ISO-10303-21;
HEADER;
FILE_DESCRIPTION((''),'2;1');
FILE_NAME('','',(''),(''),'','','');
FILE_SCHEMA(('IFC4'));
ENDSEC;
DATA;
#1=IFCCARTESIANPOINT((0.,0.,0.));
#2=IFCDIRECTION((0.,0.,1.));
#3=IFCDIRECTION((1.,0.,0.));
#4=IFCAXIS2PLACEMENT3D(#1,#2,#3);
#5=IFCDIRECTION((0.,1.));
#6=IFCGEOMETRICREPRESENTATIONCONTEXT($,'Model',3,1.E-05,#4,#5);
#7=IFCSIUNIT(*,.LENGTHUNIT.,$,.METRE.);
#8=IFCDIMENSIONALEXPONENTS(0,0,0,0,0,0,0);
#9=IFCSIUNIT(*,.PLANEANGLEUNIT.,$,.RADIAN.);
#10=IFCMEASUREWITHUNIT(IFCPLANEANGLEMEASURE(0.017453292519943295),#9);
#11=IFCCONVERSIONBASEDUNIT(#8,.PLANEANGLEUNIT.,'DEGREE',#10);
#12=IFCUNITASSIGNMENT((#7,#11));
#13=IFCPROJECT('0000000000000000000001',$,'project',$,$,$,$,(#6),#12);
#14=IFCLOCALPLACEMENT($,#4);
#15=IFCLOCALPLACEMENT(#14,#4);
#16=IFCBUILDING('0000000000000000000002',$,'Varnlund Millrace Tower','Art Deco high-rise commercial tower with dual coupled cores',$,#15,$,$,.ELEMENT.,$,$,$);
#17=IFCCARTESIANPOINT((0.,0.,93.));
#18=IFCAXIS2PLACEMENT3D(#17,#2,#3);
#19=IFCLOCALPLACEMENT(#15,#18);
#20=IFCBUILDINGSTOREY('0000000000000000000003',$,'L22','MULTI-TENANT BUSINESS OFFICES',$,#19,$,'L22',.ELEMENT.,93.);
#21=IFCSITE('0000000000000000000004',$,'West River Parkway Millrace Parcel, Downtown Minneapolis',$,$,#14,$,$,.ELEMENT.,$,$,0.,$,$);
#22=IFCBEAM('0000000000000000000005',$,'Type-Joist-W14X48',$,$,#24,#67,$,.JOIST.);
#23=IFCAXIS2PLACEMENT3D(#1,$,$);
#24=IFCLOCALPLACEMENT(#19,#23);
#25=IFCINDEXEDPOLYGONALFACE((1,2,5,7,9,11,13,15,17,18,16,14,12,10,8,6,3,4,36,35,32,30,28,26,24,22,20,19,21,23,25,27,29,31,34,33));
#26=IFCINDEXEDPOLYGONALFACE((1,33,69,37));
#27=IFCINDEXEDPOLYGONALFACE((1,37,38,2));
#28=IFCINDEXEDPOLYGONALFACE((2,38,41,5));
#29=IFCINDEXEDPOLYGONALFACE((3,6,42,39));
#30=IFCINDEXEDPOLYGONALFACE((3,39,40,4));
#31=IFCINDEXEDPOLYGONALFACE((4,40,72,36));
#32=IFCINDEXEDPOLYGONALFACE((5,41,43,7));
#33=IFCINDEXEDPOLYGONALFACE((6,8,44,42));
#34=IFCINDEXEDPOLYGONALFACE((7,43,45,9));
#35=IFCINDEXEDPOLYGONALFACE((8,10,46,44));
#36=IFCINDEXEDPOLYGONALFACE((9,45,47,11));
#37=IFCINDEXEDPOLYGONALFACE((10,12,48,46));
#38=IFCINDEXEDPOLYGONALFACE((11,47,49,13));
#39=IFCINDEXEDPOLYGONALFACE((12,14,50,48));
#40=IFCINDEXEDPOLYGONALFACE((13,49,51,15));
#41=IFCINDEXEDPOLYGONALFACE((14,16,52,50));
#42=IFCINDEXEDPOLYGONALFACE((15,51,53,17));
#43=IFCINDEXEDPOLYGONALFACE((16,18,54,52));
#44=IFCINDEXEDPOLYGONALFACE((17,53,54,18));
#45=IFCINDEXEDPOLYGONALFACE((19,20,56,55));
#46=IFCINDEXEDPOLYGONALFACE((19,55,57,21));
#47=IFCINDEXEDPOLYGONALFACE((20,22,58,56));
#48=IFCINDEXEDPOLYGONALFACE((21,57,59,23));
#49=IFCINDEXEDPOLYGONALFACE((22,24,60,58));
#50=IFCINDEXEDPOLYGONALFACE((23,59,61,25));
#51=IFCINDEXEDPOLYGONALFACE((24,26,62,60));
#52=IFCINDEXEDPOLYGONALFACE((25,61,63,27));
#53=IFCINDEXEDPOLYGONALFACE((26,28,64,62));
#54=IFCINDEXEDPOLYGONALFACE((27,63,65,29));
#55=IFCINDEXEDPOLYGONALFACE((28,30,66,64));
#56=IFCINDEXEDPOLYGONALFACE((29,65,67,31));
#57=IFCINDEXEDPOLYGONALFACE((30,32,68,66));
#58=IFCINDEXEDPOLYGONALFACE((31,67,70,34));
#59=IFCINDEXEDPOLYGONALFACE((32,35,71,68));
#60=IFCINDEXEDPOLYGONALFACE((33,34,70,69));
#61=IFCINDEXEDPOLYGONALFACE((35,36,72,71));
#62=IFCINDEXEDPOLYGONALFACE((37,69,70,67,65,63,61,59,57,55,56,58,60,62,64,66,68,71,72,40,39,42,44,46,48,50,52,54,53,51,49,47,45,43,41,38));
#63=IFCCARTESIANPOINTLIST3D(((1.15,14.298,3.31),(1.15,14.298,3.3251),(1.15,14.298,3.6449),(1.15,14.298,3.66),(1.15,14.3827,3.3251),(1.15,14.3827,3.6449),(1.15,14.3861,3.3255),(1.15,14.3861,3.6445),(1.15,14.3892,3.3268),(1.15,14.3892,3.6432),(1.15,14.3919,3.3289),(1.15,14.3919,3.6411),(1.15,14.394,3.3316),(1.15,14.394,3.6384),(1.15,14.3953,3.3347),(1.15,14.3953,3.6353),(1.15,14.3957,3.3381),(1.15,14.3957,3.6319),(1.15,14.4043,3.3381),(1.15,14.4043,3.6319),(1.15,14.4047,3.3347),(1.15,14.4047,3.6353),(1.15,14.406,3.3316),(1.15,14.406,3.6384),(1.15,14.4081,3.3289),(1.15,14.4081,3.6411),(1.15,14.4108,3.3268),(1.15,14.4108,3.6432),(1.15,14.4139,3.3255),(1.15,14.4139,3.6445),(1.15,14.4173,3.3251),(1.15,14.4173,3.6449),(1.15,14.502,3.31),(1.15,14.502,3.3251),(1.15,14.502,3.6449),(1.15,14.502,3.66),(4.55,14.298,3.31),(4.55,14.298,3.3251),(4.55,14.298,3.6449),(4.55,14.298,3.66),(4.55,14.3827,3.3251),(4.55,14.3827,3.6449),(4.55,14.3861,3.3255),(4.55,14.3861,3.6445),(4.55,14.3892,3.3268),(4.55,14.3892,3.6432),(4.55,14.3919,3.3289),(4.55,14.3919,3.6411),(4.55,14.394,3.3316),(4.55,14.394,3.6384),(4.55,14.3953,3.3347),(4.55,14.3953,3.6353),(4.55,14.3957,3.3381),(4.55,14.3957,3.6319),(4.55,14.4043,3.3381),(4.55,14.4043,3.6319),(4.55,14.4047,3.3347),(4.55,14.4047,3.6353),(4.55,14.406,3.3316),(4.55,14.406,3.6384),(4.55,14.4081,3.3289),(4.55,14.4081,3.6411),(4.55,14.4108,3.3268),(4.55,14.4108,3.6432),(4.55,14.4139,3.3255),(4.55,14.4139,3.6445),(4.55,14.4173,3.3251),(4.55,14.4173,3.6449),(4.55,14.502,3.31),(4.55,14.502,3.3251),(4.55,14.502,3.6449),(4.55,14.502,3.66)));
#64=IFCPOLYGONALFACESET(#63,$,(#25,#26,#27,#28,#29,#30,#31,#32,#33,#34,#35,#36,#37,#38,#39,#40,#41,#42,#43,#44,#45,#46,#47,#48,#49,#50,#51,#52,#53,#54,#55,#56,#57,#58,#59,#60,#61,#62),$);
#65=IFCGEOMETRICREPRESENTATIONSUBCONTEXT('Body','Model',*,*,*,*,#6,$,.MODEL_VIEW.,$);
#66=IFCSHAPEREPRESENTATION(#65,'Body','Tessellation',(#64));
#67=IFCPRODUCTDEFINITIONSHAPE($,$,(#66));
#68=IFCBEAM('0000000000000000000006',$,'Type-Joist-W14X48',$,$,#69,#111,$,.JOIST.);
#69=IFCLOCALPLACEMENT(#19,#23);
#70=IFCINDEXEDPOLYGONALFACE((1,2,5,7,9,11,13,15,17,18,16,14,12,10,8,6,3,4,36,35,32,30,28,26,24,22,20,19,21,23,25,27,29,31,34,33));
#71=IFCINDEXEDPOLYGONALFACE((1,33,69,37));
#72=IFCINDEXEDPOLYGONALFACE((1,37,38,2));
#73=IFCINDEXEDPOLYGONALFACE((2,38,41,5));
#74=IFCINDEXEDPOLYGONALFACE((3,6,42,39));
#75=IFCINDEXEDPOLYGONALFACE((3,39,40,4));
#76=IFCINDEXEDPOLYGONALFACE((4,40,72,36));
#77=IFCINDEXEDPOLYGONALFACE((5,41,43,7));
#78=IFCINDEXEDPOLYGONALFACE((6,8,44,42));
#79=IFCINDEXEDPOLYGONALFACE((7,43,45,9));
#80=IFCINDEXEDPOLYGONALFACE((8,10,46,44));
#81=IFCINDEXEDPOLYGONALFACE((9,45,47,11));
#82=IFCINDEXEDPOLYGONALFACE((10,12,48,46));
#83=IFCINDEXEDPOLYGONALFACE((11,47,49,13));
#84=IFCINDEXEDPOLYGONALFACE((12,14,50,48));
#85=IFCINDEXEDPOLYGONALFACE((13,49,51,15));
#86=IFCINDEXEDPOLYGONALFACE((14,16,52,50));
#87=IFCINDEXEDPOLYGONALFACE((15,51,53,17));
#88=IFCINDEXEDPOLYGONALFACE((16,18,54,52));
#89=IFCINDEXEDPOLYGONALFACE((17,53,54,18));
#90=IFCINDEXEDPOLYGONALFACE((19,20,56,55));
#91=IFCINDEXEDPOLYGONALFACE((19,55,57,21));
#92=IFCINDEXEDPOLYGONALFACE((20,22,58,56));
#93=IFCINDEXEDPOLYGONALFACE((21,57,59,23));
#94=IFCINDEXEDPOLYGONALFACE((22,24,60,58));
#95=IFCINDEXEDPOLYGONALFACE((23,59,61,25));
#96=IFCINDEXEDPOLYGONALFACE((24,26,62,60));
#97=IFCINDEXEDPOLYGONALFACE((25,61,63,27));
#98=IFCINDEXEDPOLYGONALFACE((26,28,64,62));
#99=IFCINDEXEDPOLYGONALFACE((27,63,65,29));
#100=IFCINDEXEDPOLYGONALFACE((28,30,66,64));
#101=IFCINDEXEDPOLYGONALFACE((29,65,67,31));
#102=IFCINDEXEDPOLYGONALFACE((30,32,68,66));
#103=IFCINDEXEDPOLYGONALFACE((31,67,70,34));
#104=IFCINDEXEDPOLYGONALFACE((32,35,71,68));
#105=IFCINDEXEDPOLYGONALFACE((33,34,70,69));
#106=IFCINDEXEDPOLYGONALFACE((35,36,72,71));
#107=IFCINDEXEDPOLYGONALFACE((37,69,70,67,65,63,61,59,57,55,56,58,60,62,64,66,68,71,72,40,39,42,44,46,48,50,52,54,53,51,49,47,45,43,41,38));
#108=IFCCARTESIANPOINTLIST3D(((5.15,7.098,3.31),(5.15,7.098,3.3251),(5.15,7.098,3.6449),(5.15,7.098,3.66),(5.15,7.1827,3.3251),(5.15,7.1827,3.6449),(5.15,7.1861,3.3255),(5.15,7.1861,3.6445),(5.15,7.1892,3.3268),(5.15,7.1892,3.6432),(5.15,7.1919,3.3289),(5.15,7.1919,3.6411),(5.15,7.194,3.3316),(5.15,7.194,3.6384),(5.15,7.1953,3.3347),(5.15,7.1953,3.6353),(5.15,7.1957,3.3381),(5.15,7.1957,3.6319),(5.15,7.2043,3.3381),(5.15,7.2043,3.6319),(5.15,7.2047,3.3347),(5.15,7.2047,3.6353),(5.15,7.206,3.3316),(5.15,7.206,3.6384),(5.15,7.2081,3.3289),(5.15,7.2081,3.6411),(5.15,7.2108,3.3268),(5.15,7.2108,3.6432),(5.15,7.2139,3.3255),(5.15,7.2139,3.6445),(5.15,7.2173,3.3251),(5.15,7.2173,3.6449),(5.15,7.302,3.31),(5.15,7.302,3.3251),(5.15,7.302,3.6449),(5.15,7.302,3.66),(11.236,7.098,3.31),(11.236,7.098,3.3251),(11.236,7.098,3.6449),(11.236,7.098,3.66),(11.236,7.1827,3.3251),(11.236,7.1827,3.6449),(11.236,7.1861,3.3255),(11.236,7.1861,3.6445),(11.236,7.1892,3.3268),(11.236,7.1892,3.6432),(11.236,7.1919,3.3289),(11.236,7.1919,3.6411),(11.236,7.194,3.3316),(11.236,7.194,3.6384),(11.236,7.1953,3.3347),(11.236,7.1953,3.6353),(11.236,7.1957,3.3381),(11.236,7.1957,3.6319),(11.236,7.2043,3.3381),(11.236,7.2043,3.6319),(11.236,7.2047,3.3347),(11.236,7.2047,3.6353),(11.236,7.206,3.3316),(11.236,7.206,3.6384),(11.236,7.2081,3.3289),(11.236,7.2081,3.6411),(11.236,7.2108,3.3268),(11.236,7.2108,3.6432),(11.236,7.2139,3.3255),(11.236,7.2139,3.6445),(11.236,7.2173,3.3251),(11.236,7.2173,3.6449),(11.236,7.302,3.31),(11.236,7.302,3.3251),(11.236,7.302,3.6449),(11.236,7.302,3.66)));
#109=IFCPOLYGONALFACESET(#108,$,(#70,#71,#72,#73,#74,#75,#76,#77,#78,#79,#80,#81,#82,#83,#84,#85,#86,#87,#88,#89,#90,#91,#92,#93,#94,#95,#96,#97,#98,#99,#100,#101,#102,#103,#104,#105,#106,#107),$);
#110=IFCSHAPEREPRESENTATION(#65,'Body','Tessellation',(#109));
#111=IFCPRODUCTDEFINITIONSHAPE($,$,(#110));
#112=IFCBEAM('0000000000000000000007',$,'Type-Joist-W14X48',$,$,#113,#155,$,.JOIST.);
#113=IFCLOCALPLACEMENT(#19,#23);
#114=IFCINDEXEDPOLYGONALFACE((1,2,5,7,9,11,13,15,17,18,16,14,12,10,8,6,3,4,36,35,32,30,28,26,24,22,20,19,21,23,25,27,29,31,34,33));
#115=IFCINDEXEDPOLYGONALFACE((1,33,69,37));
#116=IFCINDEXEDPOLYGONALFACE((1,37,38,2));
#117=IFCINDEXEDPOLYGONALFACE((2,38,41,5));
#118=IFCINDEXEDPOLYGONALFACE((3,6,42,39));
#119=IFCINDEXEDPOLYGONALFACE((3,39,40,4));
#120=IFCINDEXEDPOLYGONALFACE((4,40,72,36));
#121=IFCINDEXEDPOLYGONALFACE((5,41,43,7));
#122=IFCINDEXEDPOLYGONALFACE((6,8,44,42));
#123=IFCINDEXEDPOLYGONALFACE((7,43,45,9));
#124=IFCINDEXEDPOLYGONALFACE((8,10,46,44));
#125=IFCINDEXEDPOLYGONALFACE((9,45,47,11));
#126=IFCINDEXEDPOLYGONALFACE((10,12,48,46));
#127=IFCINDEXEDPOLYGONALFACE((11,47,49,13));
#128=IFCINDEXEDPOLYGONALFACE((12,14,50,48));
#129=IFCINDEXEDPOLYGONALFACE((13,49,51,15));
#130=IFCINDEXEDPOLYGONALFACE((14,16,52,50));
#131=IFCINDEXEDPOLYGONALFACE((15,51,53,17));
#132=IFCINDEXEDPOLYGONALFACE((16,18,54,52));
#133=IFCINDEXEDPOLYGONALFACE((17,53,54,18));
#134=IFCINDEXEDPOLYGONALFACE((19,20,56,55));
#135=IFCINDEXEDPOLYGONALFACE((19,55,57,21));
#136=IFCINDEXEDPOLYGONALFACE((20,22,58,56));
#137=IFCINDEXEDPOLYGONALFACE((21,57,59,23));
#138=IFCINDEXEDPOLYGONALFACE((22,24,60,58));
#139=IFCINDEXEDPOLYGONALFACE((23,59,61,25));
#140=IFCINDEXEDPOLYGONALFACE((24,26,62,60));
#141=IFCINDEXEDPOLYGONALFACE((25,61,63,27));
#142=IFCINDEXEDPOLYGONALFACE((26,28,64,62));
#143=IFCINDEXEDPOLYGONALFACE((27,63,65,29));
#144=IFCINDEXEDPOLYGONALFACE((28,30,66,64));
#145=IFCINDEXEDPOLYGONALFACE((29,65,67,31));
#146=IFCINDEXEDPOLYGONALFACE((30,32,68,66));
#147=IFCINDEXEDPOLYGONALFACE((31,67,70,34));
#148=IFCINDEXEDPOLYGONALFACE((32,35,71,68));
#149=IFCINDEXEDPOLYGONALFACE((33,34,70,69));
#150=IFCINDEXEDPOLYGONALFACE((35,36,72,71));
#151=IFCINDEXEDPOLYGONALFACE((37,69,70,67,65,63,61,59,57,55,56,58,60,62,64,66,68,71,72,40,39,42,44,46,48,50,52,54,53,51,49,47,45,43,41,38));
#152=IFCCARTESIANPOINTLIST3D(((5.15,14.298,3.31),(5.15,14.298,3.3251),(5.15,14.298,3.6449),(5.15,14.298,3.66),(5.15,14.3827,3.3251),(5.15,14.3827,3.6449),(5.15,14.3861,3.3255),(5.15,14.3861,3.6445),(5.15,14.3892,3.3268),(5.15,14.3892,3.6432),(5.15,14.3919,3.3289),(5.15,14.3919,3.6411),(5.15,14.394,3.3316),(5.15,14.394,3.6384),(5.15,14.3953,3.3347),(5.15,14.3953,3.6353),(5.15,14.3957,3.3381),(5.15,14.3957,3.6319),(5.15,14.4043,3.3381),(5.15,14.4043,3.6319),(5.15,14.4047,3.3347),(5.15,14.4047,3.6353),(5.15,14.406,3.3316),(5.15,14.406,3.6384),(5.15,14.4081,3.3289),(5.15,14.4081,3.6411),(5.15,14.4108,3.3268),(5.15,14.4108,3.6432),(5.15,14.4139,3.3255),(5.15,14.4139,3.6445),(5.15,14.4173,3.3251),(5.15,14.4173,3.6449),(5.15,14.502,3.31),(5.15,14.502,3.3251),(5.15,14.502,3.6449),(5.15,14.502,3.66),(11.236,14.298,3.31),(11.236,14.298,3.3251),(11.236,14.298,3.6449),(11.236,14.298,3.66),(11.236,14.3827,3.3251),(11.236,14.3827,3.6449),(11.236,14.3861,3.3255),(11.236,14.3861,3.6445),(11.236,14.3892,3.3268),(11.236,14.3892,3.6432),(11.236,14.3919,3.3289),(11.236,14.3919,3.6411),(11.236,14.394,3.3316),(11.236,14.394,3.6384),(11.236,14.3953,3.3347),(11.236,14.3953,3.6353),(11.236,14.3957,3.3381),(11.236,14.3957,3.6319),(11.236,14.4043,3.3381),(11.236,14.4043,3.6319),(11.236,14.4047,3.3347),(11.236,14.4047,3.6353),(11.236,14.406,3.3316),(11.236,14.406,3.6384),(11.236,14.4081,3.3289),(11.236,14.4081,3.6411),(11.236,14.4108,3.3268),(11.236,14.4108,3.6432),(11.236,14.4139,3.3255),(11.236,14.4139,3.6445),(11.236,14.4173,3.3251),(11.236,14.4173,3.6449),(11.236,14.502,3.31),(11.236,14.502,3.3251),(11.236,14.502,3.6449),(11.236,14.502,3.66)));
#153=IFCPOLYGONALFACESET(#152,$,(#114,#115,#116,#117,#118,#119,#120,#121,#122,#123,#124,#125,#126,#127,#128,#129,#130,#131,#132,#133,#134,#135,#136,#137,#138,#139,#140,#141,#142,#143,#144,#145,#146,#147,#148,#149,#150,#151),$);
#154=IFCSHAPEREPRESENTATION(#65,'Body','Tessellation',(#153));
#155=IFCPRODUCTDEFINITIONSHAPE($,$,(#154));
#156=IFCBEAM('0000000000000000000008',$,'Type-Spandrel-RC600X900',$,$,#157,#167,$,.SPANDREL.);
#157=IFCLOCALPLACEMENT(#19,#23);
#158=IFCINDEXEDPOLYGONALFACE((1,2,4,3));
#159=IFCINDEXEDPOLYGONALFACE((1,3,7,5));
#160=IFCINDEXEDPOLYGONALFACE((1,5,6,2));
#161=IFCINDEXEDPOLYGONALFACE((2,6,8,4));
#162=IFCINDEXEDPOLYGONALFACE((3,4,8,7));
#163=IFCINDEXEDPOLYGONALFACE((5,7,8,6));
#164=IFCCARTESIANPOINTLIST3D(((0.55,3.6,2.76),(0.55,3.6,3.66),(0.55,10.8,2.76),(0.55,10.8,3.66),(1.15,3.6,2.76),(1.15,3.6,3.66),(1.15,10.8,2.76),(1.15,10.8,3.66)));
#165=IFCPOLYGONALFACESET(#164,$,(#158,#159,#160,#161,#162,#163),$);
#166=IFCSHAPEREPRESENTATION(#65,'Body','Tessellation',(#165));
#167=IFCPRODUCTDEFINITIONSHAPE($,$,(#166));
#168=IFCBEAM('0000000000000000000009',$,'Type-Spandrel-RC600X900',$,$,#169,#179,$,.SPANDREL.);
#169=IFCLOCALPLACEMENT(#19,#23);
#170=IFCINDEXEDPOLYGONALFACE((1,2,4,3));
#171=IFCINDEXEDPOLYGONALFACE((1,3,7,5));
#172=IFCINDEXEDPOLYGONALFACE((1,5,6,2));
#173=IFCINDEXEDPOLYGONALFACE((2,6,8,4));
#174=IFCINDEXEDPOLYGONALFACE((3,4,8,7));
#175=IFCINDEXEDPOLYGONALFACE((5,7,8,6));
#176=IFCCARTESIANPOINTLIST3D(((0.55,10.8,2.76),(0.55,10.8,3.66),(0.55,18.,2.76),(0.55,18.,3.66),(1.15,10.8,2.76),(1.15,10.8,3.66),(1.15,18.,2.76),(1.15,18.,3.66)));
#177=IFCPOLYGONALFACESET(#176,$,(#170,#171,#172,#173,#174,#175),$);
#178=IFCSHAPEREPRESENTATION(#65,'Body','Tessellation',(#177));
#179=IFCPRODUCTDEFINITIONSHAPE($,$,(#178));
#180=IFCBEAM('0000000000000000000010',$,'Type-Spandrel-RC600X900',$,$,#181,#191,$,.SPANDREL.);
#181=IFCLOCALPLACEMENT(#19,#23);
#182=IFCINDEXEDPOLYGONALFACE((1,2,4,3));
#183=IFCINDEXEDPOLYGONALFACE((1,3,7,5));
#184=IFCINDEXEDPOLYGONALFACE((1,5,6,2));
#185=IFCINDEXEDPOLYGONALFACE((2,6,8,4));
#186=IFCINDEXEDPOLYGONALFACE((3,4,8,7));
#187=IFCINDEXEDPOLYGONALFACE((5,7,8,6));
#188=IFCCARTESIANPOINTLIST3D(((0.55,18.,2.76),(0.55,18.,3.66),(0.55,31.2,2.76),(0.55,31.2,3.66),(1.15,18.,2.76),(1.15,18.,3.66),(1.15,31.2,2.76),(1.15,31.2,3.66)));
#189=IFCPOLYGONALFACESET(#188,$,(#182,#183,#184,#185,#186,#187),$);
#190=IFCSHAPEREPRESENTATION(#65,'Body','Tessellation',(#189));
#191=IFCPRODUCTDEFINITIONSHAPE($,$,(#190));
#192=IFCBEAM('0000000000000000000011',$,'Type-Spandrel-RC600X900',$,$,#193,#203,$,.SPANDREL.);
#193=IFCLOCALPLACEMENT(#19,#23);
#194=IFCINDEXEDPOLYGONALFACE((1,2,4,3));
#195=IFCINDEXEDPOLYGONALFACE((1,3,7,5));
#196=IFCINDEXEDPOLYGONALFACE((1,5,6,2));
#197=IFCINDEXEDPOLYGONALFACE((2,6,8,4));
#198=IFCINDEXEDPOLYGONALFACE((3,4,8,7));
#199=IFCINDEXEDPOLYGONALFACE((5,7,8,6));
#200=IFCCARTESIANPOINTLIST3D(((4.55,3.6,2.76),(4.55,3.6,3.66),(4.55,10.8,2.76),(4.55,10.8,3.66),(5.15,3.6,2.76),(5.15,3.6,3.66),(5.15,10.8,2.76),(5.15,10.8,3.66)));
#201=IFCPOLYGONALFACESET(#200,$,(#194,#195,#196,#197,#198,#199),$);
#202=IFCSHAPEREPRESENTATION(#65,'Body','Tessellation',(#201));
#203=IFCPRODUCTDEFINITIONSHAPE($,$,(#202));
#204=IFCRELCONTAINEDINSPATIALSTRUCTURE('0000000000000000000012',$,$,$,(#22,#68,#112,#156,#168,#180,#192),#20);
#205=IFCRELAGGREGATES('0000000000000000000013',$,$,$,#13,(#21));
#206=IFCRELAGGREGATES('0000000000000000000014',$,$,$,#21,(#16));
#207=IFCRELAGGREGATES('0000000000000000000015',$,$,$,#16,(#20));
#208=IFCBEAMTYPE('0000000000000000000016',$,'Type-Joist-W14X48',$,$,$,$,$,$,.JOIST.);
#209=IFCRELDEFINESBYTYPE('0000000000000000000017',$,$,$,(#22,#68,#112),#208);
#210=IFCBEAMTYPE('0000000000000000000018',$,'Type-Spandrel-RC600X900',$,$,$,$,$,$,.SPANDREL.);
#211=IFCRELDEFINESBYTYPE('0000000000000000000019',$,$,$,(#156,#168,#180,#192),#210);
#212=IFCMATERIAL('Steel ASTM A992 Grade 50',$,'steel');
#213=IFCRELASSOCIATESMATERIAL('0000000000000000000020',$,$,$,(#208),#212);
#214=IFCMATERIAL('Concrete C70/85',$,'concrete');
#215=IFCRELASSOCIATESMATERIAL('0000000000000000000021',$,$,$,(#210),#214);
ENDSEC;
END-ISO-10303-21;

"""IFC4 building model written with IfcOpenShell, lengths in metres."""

from ifc_helpers import new_model, entity, si_unit, converted_unit, direction, frame, origin_with_axes, origin_2d_with_axis, place, context, subcontext, project, spatial, rectangle, i_section, extrude, material, material_profile, profile_set, type_object, element, save


model = new_model("IFC4")

# Units and contexts
model_context = context("Model", 3, precision=1e-05, world=origin_with_axes(), true_north=direction((0.0, 1.0)))
body_context = subcontext(model_context, "Body", "Model", "MODEL_VIEW")
ifc_project = project(units=[si_unit("LENGTHUNIT", "METRE"), converted_unit("PLANEANGLEUNIT", "DEGREE", entity("IfcPlaneAngleMeasure", 0.017453292519943295), si_unit("PLANEANGLEUNIT", "RADIAN"), dimensions=[0, 0, 0, 0, 0, 0, 0])], contexts=[model_context])

# Site, building, storey
site_placement = place(None, origin_with_axes())
site = spatial("IfcSite", under=ifc_project, at=site_placement, Name="West River Parkway Millrace Parcel, Downtown Minneapolis", CompositionType="ELEMENT", RefElevation=0.0)
building_placement = place(site_placement, origin_with_axes())
building = spatial("IfcBuilding", under=site, at=building_placement, Name="Varnlund Millrace Tower", Description="Art Deco high-rise commercial tower with dual coupled cores", CompositionType="ELEMENT")
storey_placement = place(building_placement, frame((0.0, 0.0, 93.0), z_axis=(0.0, 0.0, 1.0), x_axis=(1.0, 0.0, 0.0)))
storey = spatial("IfcBuildingStorey", under=building, at=storey_placement, Name="L22", Description="MULTI-TENANT BUSINESS OFFICES", LongName="L22", CompositionType="ELEMENT", Elevation=93.0)

# Beams
ifc_material_1 = material(Name="Steel ASTM A992 Grade 50", Category="steel")
ifc_material_profile_1 = material_profile(ifc_material_1, i_section(OverallWidth=0.204, OverallDepth=0.35, WebThickness=0.0086, FlangeThickness=0.0151, FilletRadius=0.013, at=origin_2d_with_axis()), Name="Steel ASTM A992 Grade 50")
ifc_profile_set_1 = profile_set([ifc_material_profile_1], Name="Steel ASTM A992 Grade 50")
beam_type_1 = type_object("IfcBeamType", Name="Type-Joist-W14X48", PredefinedType="JOIST", material=ifc_profile_set_1)
for number, where, z_axis, x_axis, name in (
    (1, (1.15, 14.4, 3.485), (1.0, 0.0, 0.0), (0.0, 1.0, 0.0), "Type-Joist-W14X48"),
):
    element("IfcBeam", number, at=place(storey_placement, frame(where, z_axis=z_axis, x_axis=x_axis)), inside=storey, type_object=beam_type_1, Name=name, PredefinedType="JOIST", context=body_context, shape_type="SweptSolid", body=[
        extrude(i_section(OverallWidth=0.204, OverallDepth=0.35, WebThickness=0.0086, FlangeThickness=0.0151, FilletRadius=0.013, at=origin_2d_with_axis()), origin_with_axes(), (0.0, 0.0, 1.0), 3.4),
    ])
for number, where, z_axis, x_axis, name in (
    (2, (5.15, 7.2, 3.485), (1.0, 0.0, 0.0), (0.0, 1.0, 0.0), "Type-Joist-W14X48"),
    (3, (5.15, 14.4, 3.485), (1.0, 0.0, 0.0), (0.0, 1.0, 0.0), "Type-Joist-W14X48"),
):
    element("IfcBeam", number, at=place(storey_placement, frame(where, z_axis=z_axis, x_axis=x_axis)), inside=storey, type_object=beam_type_1, Name=name, PredefinedType="JOIST", context=body_context, shape_type="SweptSolid", body=[
        extrude(i_section(OverallWidth=0.204, OverallDepth=0.35, WebThickness=0.0086, FlangeThickness=0.0151, FilletRadius=0.013, at=origin_2d_with_axis()), origin_with_axes(), (0.0, 0.0, 1.0), 6.086),
    ])
ifc_material_2 = material(Name="Concrete C70/85", Category="concrete")
ifc_material_profile_2 = material_profile(ifc_material_2, rectangle(XDim=0.6, YDim=0.9, at=origin_2d_with_axis()), Name="Concrete C70/85")
ifc_profile_set_2 = profile_set([ifc_material_profile_2], Name="Concrete C70/85")
beam_type_2 = type_object("IfcBeamType", Name="Type-Spandrel-RC600X900", PredefinedType="SPANDREL", material=ifc_profile_set_2)
for number, where, z_axis, x_axis, name in (
    (4, (0.85, 3.6, 3.21), (0.0, 1.0, 0.0), (-1.0, 0.0, 0.0), "Type-Spandrel-RC600X900"),
    (5, (0.85, 10.8, 3.21), (0.0, 1.0, 0.0), (-1.0, 0.0, 0.0), "Type-Spandrel-RC600X900"),
):
    element("IfcBeam", number, at=place(storey_placement, frame(where, z_axis=z_axis, x_axis=x_axis)), inside=storey, type_object=beam_type_2, Name=name, PredefinedType="SPANDREL", context=body_context, shape_type="SweptSolid", body=[
        extrude(rectangle(XDim=0.6, YDim=0.9, at=origin_2d_with_axis()), origin_with_axes(), (0.0, 0.0, 1.0), 7.2),
    ])
beam_1_placement = place(storey_placement, frame((0.85, 18.0, 3.21), z_axis=(0.0, 1.0, 0.0), x_axis=(-1.0, 0.0, 0.0)))
element("IfcBeam", 6, at=beam_1_placement, inside=storey, type_object=beam_type_2, Name="Type-Spandrel-RC600X900", PredefinedType="SPANDREL", context=body_context, shape_type="SweptSolid", body=[
    extrude(rectangle(XDim=0.6, YDim=0.9, at=origin_2d_with_axis()), origin_with_axes(), (0.0, 0.0, 1.0), 13.2),
])
beam_2_placement = place(storey_placement, frame((4.85, 3.6, 3.21), z_axis=(0.0, 1.0, 0.0), x_axis=(-1.0, 0.0, 0.0)))
element("IfcBeam", 7, at=beam_2_placement, inside=storey, type_object=beam_type_2, Name="Type-Spandrel-RC600X900", PredefinedType="SPANDREL", context=body_context, shape_type="SweptSolid", body=[
    extrude(rectangle(XDim=0.6, YDim=0.9, at=origin_2d_with_axis()), origin_with_axes(), (0.0, 0.0, 1.0), 7.2),
])

save(model, "model.ifc")
